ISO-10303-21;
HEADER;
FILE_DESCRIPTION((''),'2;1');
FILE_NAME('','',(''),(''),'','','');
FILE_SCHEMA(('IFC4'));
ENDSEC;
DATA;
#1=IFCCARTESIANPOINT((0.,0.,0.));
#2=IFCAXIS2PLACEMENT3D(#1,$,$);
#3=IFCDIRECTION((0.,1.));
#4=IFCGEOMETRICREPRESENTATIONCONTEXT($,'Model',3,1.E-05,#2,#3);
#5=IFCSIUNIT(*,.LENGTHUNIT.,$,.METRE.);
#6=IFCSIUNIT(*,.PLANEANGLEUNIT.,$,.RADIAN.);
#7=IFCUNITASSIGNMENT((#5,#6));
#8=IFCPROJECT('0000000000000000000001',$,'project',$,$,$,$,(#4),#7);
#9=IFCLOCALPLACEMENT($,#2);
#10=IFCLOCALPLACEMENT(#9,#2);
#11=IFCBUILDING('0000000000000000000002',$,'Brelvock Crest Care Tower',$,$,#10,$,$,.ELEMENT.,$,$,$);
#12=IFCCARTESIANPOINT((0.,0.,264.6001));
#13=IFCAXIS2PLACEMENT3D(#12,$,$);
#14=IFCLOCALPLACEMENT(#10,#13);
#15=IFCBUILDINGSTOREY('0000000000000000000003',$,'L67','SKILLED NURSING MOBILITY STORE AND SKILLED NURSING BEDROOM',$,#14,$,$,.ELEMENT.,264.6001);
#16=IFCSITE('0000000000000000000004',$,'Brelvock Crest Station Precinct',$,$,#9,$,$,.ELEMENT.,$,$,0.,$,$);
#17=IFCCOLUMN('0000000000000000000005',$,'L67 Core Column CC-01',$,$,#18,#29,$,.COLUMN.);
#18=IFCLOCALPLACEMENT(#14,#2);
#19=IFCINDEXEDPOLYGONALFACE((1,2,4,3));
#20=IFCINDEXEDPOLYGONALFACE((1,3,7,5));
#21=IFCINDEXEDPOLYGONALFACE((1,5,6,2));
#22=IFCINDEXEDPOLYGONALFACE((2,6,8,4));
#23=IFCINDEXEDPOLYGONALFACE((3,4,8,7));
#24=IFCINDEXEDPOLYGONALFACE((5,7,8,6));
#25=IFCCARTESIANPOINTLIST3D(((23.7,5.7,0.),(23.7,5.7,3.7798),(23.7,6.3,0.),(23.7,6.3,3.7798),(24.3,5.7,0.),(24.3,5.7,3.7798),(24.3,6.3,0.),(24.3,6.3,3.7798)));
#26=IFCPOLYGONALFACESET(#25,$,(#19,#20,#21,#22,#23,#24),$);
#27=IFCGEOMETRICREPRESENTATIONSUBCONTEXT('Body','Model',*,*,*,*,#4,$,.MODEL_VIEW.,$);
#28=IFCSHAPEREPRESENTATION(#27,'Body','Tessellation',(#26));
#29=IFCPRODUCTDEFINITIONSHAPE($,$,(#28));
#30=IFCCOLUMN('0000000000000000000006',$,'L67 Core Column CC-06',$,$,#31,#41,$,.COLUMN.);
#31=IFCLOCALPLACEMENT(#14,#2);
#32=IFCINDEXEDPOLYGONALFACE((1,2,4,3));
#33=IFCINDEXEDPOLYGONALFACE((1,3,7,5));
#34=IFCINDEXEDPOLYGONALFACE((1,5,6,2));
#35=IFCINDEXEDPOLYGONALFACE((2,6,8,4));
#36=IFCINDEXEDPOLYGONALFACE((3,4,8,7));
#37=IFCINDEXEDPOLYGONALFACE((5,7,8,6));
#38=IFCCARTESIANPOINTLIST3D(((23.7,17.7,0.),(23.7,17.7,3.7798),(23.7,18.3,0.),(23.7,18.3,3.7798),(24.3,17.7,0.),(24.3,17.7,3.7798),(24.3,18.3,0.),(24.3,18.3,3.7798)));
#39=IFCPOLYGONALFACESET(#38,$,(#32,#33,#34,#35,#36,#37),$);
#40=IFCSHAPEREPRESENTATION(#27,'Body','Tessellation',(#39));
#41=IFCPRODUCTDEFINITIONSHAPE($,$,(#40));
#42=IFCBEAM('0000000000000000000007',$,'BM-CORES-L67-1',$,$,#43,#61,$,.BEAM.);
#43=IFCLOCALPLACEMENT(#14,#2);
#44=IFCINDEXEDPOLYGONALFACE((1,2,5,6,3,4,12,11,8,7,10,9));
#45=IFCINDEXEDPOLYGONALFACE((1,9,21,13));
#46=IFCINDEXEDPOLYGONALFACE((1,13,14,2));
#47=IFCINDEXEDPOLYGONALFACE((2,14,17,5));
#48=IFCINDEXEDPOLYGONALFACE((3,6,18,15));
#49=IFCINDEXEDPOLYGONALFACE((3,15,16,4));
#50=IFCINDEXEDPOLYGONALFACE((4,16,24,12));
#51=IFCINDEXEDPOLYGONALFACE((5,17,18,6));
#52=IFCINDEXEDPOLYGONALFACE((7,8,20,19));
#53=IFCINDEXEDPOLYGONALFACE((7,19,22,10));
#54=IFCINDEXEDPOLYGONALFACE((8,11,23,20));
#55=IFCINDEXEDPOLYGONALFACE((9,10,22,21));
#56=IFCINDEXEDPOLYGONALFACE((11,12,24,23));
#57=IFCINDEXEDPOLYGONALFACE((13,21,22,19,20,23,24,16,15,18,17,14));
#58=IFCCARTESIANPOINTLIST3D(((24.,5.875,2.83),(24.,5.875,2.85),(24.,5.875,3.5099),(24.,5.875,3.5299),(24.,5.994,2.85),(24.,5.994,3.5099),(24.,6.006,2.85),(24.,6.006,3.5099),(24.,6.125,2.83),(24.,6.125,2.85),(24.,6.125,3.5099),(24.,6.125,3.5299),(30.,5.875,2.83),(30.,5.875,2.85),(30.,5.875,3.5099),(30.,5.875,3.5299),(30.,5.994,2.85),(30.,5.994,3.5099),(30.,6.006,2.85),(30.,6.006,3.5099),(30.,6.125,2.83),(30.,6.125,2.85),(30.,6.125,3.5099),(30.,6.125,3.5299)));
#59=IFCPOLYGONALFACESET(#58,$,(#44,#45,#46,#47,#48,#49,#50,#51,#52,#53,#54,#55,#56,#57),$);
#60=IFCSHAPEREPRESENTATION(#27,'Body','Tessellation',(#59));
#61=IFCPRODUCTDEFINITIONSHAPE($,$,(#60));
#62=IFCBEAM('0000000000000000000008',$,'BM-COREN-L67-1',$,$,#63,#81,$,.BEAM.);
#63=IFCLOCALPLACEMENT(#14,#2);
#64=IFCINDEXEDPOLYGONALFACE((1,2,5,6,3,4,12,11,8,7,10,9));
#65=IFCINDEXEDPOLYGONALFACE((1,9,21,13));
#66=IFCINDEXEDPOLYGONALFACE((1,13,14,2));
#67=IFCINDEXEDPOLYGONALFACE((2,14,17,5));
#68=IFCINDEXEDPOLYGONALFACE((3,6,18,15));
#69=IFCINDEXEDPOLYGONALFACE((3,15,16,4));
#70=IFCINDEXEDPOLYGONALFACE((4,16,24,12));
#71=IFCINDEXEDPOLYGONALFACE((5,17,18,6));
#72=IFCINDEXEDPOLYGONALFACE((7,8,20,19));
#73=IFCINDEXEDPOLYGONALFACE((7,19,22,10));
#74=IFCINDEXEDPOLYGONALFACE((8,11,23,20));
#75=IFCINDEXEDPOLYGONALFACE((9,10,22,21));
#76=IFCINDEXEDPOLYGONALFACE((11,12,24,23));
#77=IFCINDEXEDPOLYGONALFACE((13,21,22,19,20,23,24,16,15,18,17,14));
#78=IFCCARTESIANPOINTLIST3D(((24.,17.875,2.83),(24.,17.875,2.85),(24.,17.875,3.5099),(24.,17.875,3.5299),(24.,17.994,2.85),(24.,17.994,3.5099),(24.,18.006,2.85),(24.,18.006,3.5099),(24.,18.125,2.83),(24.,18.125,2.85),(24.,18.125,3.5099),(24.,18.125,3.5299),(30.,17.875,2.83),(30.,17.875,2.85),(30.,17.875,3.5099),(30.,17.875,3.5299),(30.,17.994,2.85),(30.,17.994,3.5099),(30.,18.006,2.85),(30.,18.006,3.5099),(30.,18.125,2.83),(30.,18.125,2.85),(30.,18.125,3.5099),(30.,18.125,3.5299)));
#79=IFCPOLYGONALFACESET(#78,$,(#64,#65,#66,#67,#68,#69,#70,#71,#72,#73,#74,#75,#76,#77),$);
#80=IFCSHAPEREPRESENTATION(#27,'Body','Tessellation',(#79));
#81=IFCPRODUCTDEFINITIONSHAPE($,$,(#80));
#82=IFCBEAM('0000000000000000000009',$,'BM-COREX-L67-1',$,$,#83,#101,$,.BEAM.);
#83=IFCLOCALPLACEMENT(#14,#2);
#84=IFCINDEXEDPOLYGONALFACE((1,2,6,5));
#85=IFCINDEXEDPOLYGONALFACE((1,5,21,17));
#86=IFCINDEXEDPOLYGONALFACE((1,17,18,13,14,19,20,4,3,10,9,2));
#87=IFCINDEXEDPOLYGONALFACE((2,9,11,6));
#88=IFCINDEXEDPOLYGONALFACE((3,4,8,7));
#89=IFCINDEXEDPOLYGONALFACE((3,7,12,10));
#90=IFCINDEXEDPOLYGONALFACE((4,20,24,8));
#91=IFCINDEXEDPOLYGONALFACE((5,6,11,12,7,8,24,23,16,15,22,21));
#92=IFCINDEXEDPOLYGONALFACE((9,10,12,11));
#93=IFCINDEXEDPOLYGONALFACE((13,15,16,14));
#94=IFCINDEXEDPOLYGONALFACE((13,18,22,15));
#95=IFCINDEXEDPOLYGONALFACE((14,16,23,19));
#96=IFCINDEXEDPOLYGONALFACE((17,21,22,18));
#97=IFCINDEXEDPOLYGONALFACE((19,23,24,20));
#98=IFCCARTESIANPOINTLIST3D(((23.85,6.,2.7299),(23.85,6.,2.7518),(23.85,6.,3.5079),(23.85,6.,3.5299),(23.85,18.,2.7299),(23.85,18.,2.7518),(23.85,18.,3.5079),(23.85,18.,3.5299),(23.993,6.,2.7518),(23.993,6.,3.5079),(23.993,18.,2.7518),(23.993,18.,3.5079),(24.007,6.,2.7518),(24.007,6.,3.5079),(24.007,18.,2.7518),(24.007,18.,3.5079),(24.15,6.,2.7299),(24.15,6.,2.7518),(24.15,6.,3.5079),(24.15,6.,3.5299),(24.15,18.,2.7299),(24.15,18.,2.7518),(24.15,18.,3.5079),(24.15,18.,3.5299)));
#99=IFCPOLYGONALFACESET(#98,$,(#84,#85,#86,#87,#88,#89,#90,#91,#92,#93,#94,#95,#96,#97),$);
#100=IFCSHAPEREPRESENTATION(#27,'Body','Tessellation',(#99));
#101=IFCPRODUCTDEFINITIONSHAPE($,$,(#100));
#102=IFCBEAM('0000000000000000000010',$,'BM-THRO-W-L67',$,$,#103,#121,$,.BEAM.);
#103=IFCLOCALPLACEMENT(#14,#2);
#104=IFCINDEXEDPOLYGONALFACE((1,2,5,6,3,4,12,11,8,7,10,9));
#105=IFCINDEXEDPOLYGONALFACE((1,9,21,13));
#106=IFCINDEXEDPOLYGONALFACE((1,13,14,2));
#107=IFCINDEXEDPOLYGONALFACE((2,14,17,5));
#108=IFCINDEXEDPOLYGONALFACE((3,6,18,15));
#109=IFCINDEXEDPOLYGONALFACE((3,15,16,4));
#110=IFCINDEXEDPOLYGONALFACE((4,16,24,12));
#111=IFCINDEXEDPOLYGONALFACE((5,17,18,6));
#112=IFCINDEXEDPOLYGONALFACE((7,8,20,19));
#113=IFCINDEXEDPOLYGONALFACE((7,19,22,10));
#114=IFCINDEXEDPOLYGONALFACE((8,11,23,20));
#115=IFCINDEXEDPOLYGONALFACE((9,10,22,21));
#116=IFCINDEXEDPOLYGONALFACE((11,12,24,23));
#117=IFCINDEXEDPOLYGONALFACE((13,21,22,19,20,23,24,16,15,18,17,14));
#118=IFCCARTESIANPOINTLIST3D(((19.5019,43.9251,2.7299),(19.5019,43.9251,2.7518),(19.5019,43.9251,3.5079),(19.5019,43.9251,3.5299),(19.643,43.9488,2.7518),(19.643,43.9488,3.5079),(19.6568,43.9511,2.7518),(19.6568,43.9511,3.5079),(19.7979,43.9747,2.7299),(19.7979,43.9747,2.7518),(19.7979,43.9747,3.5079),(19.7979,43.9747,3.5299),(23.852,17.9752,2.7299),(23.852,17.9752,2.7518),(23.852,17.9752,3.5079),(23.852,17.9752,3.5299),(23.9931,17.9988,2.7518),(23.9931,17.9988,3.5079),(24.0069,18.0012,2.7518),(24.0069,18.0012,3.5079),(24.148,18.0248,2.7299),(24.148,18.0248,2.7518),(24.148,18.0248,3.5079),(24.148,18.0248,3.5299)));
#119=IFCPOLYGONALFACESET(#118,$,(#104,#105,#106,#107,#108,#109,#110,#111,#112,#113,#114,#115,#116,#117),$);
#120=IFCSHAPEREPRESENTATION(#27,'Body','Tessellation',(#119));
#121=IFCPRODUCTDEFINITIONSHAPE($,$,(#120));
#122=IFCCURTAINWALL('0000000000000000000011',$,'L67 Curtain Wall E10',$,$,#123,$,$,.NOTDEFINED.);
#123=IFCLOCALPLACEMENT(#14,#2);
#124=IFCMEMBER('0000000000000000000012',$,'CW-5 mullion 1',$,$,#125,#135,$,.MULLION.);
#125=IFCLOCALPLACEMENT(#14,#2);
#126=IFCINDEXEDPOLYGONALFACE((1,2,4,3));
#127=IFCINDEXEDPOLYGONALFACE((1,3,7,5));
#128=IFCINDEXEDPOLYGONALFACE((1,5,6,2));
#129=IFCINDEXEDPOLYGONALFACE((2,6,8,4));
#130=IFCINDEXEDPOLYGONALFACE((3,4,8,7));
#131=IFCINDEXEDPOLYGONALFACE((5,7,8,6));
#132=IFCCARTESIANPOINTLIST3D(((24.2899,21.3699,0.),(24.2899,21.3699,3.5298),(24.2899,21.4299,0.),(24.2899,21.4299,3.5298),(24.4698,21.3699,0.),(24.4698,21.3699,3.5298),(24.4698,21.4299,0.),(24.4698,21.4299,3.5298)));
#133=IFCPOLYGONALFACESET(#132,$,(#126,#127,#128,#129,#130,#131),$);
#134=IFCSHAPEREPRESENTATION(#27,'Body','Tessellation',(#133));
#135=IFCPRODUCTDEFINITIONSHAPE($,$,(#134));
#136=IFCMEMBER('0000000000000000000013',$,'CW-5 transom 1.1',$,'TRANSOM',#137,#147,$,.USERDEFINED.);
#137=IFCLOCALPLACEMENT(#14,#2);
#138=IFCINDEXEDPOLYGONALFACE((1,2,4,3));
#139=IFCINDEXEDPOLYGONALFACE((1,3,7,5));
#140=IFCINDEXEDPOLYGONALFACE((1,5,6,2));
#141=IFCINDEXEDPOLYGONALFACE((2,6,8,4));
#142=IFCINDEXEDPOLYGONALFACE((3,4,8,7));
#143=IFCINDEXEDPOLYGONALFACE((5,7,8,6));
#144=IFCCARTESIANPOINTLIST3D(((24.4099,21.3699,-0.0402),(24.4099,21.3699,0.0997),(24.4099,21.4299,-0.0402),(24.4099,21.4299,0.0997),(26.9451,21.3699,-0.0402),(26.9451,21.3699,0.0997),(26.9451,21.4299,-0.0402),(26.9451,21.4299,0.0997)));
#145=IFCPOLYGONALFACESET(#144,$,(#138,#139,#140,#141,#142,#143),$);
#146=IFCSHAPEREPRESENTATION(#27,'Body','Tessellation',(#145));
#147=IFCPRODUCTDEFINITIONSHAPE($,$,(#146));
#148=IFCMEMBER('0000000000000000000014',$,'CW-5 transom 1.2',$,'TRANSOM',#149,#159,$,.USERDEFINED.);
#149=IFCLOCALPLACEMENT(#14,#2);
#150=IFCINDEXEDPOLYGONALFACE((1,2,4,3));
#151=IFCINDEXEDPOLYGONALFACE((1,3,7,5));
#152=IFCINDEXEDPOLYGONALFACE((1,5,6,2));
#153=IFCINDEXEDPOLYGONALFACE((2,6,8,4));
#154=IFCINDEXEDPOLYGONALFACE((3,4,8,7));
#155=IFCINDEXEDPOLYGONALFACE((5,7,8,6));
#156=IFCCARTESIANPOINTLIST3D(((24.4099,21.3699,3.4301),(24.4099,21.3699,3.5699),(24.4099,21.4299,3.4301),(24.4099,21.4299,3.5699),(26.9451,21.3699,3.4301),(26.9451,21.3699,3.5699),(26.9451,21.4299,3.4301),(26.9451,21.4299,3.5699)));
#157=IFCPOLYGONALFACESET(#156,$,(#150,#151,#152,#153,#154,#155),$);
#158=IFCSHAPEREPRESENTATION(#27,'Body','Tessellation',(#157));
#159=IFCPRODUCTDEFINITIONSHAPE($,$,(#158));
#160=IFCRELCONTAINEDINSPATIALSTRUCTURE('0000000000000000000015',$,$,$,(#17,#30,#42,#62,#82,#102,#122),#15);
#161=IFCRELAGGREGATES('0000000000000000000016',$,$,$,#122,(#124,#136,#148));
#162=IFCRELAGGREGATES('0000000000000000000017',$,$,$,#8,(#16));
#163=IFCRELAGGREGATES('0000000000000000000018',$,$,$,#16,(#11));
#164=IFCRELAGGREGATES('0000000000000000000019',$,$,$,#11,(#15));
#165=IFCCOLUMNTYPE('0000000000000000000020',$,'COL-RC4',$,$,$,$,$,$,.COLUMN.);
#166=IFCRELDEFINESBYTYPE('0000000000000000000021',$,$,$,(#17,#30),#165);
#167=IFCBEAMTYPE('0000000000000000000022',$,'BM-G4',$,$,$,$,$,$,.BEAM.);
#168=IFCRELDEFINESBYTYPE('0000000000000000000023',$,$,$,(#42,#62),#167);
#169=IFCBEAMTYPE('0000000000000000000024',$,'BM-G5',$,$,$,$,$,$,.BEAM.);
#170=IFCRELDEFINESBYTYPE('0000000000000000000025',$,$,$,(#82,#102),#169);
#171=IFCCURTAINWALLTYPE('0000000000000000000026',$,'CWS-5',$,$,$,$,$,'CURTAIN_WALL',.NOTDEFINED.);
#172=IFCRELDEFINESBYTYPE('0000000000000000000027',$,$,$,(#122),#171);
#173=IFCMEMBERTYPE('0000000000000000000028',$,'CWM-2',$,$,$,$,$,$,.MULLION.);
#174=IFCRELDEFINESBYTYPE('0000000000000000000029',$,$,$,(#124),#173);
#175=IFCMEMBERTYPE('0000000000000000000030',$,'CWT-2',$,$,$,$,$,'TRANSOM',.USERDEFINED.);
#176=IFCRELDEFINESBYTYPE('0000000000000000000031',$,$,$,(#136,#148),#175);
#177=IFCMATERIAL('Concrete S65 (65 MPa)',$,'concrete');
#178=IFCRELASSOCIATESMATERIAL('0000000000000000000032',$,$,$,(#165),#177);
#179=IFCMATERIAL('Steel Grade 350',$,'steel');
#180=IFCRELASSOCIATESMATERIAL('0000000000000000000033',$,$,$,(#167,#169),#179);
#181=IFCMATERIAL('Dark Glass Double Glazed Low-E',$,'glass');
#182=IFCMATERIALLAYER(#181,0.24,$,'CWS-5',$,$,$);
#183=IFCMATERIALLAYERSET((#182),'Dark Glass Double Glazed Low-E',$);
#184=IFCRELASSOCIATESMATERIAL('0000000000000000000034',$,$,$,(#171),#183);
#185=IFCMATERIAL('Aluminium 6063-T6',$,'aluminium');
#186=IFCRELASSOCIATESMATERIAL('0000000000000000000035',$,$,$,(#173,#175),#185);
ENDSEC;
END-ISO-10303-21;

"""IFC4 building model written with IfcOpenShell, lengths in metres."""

from ifc_helpers import new_model, si_unit, direction, frame, origin, origin_2d, place, context, subcontext, project, spatial, rectangle, i_section, extrude, source, transform, mapped, material, layer, layer_set, material_profile, profile_set, type_object, element, aggregate, save


model = new_model("IFC4")

# Units and contexts
model_context = context("Model", 3, precision=1e-05, world=origin(), true_north=direction((0.0, 1.0)))
body_context = subcontext(model_context, "Body", "Model", "MODEL_VIEW")
ifc_project = project(units=[si_unit("LENGTHUNIT", "METRE"), si_unit("PLANEANGLEUNIT", "RADIAN")], contexts=[model_context])

# Site, building, storey
site_placement = place(None, origin())
site = spatial("IfcSite", under=ifc_project, at=site_placement, Name="Brelvock Crest Station Precinct", CompositionType="ELEMENT", RefElevation=0.0)
building_placement = place(site_placement, origin())
building = spatial("IfcBuilding", under=site, at=building_placement, Name="Brelvock Crest Care Tower", CompositionType="ELEMENT")
storey_placement = place(building_placement, frame((0.0, 0.0, 264.6001)))
storey = spatial("IfcBuildingStorey", under=building, at=storey_placement, Name="L67", Description="SKILLED NURSING MOBILITY STORE AND SKILLED NURSING BEDROOM", CompositionType="ELEMENT", Elevation=264.6001)

# Columns
ifc_material_1 = material(Name="Concrete S65 (65 MPa)", Category="concrete")
ifc_material_profile_1 = material_profile(ifc_material_1, rectangle(XDim=0.6001, YDim=0.6001, at=origin_2d()), Name="RC600x600")
ifc_profile_set_1 = profile_set([ifc_material_profile_1], Name="Concrete S65 (65 MPa)")
column_type = type_object("IfcColumnType", Name="COL-RC4", PredefinedType="COLUMN", material=ifc_profile_set_1)
shared_shape_1 = source(origin(), body_context, "Body", "SweptSolid", [
    extrude(rectangle(XDim=0.6001, YDim=0.6001, at=origin_2d()), origin(), (0.0, 0.0, 1.0), 3.7798),
])
for number, where, z_axis, x_axis, name in (
    (1, (24.0, 6.0, 0.0), (0.0, 0.0, 1.0), (1.0, 0.0, 0.0), "L67 Core Column CC-01"),
    (2, (24.0, 18.0, 0.0), (0.0, 0.0, 1.0), (1.0, 0.0, 0.0), "L67 Core Column CC-06"),
):
    element("IfcColumn", number, at=place(storey_placement, frame(where, z_axis=z_axis, x_axis=x_axis)), inside=storey, type_object=column_type, Name=name, PredefinedType="COLUMN", context=body_context, shape_type="MappedRepresentation", body=[
        mapped(shared_shape_1, transform((0.0, 0.0, 0.0), x_axis=(1.0, 0.0, 0.0), y_axis=(0.0, 1.0, 0.0), z_axis=(0.0, 0.0, 1.0), scale=1.0)),
    ])

# Beams
ifc_material_2 = material(Name="Steel Grade 350", Category="steel")
ifc_material_profile_2 = material_profile(ifc_material_2, i_section(OverallWidth=0.25, OverallDepth=0.7, WebThickness=0.012, FlangeThickness=0.02, at=origin_2d()), Name="700WB150")
ifc_profile_set_2 = profile_set([ifc_material_profile_2], Name="Steel Grade 350")
beam_type_1 = type_object("IfcBeamType", Name="BM-G4", PredefinedType="BEAM", material=ifc_profile_set_2)
shared_shape_2 = source(origin(), body_context, "Body", "SweptSolid", [
    extrude(i_section(OverallWidth=0.25, OverallDepth=0.7, WebThickness=0.012, FlangeThickness=0.02, at=origin_2d()), origin(), (0.0, 0.0, 1.0), 6.0),
])
for number, where, z_axis, x_axis, name in (
    (3, (24.0, 6.0, 3.1799), (1.0, 0.0, 0.0), (0.0, 1.0, 0.0), "BM-CORES-L67-1"),
    (4, (24.0, 18.0, 3.1799), (1.0, 0.0, 0.0), (0.0, 1.0, 0.0), "BM-COREN-L67-1"),
):
    element("IfcBeam", number, at=place(storey_placement, frame(where, z_axis=z_axis, x_axis=x_axis)), inside=storey, type_object=beam_type_1, Name=name, PredefinedType="BEAM", context=body_context, shape_type="MappedRepresentation", body=[
        mapped(shared_shape_2, transform((0.0, 0.0, 0.0), x_axis=(1.0, 0.0, 0.0), y_axis=(0.0, 1.0, 0.0), z_axis=(0.0, 0.0, 1.0), scale=1.0)),
    ])
ifc_material_profile_3 = material_profile(ifc_material_2, i_section(OverallWidth=0.3, OverallDepth=0.8, WebThickness=0.0139, FlangeThickness=0.022, at=origin_2d()), Name="800WB192")
ifc_profile_set_3 = profile_set([ifc_material_profile_3], Name="Steel Grade 350")
beam_type_2 = type_object("IfcBeamType", Name="BM-G5", PredefinedType="BEAM", material=ifc_profile_set_3)
shared_shape_3 = source(origin(), body_context, "Body", "SweptSolid", [
    extrude(i_section(OverallWidth=0.3, OverallDepth=0.8, WebThickness=0.0139, FlangeThickness=0.022, at=origin_2d()), origin(), (0.0, 0.0, 1.0), 12.0),
])
beam_1_placement = place(storey_placement, frame((24.0, 6.0, 3.1299), z_axis=(0.0, 1.0, 0.0), x_axis=(-1.0, 0.0, 0.0)))
element("IfcBeam", 5, at=beam_1_placement, inside=storey, type_object=beam_type_2, Name="BM-COREX-L67-1", PredefinedType="BEAM", context=body_context, shape_type="MappedRepresentation", body=[
    mapped(shared_shape_3, transform((0.0, 0.0, 0.0), x_axis=(1.0, 0.0, 0.0), y_axis=(0.0, 1.0, 0.0), z_axis=(0.0, 0.0, 1.0), scale=1.0)),
])
shared_shape_4 = source(origin(), body_context, "Body", "SweptSolid", [
    extrude(i_section(OverallWidth=0.3, OverallDepth=0.8, WebThickness=0.0139, FlangeThickness=0.022, at=origin_2d()), origin(), (0.0, 0.0, 1.0), 26.312),
])
beam_2_placement = place(storey_placement, frame((24.0, 18.0, 3.1299), z_axis=(-0.165327, 0.986239, 0.0), x_axis=(-0.986239, -0.165327, 0.0)))
element("IfcBeam", 6, at=beam_2_placement, inside=storey, type_object=beam_type_2, Name="BM-THRO-W-L67", PredefinedType="BEAM", context=body_context, shape_type="MappedRepresentation", body=[
    mapped(shared_shape_4, transform((0.0, 0.0, 0.0), x_axis=(1.0, 0.0, 0.0), y_axis=(0.0, 1.0, 0.0), z_axis=(0.0, 0.0, 1.0), scale=1.0)),
])

# Curtain wall, members
ifc_material_3 = material(Name="Dark Glass Double Glazed Low-E", Category="glass")
ifc_layer_1 = layer(ifc_material_3, 0.24, Name="CWS-5")
ifc_layer_set_1 = layer_set([ifc_layer_1], Name="Dark Glass Double Glazed Low-E")
curtain_wall_type = type_object("IfcCurtainWallType", Name="CWS-5", ElementType="CURTAIN_WALL", PredefinedType="NOTDEFINED", material=ifc_layer_set_1)
curtain_wall_placement = place(storey_placement, origin())
curtain_wall = element("IfcCurtainWall", 7, at=curtain_wall_placement, inside=storey, type_object=curtain_wall_type, Name="L67 Curtain Wall E10", PredefinedType="NOTDEFINED")
ifc_material_4 = material(Name="Aluminium 6063-T6", Category="aluminium")
ifc_material_profile_4 = material_profile(ifc_material_4, rectangle(XDim=0.0601, YDim=0.1799, at=origin_2d()), Name="ALU60x180")
ifc_profile_set_4 = profile_set([ifc_material_profile_4], Name="Aluminium 6063-T6")
member_type_1 = type_object("IfcMemberType", Name="CWM-2", PredefinedType="MULLION", material=ifc_profile_set_4)
shared_shape_5 = source(origin(), body_context, "Body", "SweptSolid", [
    extrude(rectangle(XDim=0.0601, YDim=0.1799, at=origin_2d()), origin(), (0.0, 0.0, 1.0), 3.5298),
])
member_1_placement = place(storey_placement, frame((24.3799, 21.3999, 0.0), z_axis=(0.0, 0.0, 1.0), x_axis=(0.0, 1.0, 0.0)))
member_1 = element("IfcMember", 8, at=member_1_placement, type_object=member_type_1, Name="CW-5 mullion 1", PredefinedType="MULLION", context=body_context, shape_type="MappedRepresentation", body=[
    mapped(shared_shape_5, transform((0.0, 0.0, 0.0), x_axis=(1.0, 0.0, 0.0), y_axis=(0.0, 1.0, 0.0), z_axis=(0.0, 0.0, 1.0), scale=1.0)),
])
ifc_material_profile_5 = material_profile(ifc_material_4, rectangle(XDim=0.0601, YDim=0.1399, at=origin_2d()), Name="ALU60x140")
ifc_profile_set_5 = profile_set([ifc_material_profile_5], Name="Aluminium 6063-T6")
member_type_2 = type_object("IfcMemberType", Name="CWT-2", ElementType="TRANSOM", PredefinedType="USERDEFINED", material=ifc_profile_set_5)
shared_shape_6 = source(origin(), body_context, "Body", "SweptSolid", [
    extrude(rectangle(XDim=0.0601, YDim=0.1399, at=origin_2d()), origin(), (0.0, 0.0, 1.0), 2.5352),
])
member_2_placement = place(storey_placement, frame((24.4099, 21.3999, 0.0298), z_axis=(1.0, 0.0, 0.0), x_axis=(0.0, 1.0, 0.0)))
member_2 = element("IfcMember", 9, at=member_2_placement, type_object=member_type_2, Name="CW-5 transom 1.1", ObjectType="TRANSOM", PredefinedType="USERDEFINED", context=body_context, shape_type="MappedRepresentation", body=[
    mapped(shared_shape_6, transform((0.0, 0.0, 0.0), x_axis=(1.0, 0.0, 0.0), y_axis=(0.0, 1.0, 0.0), z_axis=(0.0, 0.0, 1.0), scale=1.0)),
])
member_3_placement = place(storey_placement, frame((24.4099, 21.3999, 3.5), z_axis=(1.0, 0.0, 0.0), x_axis=(0.0, 1.0, 0.0)))
member_3 = element("IfcMember", 10, at=member_3_placement, type_object=member_type_2, Name="CW-5 transom 1.2", ObjectType="TRANSOM", PredefinedType="USERDEFINED", context=body_context, shape_type="MappedRepresentation", body=[
    mapped(shared_shape_6, transform((0.0, 0.0, 0.0), x_axis=(1.0, 0.0, 0.0), y_axis=(0.0, 1.0, 0.0), z_axis=(0.0, 0.0, 1.0), scale=1.0)),
])

aggregate(curtain_wall, [member_1, member_2, member_3])

save(model, "model.ifc")
